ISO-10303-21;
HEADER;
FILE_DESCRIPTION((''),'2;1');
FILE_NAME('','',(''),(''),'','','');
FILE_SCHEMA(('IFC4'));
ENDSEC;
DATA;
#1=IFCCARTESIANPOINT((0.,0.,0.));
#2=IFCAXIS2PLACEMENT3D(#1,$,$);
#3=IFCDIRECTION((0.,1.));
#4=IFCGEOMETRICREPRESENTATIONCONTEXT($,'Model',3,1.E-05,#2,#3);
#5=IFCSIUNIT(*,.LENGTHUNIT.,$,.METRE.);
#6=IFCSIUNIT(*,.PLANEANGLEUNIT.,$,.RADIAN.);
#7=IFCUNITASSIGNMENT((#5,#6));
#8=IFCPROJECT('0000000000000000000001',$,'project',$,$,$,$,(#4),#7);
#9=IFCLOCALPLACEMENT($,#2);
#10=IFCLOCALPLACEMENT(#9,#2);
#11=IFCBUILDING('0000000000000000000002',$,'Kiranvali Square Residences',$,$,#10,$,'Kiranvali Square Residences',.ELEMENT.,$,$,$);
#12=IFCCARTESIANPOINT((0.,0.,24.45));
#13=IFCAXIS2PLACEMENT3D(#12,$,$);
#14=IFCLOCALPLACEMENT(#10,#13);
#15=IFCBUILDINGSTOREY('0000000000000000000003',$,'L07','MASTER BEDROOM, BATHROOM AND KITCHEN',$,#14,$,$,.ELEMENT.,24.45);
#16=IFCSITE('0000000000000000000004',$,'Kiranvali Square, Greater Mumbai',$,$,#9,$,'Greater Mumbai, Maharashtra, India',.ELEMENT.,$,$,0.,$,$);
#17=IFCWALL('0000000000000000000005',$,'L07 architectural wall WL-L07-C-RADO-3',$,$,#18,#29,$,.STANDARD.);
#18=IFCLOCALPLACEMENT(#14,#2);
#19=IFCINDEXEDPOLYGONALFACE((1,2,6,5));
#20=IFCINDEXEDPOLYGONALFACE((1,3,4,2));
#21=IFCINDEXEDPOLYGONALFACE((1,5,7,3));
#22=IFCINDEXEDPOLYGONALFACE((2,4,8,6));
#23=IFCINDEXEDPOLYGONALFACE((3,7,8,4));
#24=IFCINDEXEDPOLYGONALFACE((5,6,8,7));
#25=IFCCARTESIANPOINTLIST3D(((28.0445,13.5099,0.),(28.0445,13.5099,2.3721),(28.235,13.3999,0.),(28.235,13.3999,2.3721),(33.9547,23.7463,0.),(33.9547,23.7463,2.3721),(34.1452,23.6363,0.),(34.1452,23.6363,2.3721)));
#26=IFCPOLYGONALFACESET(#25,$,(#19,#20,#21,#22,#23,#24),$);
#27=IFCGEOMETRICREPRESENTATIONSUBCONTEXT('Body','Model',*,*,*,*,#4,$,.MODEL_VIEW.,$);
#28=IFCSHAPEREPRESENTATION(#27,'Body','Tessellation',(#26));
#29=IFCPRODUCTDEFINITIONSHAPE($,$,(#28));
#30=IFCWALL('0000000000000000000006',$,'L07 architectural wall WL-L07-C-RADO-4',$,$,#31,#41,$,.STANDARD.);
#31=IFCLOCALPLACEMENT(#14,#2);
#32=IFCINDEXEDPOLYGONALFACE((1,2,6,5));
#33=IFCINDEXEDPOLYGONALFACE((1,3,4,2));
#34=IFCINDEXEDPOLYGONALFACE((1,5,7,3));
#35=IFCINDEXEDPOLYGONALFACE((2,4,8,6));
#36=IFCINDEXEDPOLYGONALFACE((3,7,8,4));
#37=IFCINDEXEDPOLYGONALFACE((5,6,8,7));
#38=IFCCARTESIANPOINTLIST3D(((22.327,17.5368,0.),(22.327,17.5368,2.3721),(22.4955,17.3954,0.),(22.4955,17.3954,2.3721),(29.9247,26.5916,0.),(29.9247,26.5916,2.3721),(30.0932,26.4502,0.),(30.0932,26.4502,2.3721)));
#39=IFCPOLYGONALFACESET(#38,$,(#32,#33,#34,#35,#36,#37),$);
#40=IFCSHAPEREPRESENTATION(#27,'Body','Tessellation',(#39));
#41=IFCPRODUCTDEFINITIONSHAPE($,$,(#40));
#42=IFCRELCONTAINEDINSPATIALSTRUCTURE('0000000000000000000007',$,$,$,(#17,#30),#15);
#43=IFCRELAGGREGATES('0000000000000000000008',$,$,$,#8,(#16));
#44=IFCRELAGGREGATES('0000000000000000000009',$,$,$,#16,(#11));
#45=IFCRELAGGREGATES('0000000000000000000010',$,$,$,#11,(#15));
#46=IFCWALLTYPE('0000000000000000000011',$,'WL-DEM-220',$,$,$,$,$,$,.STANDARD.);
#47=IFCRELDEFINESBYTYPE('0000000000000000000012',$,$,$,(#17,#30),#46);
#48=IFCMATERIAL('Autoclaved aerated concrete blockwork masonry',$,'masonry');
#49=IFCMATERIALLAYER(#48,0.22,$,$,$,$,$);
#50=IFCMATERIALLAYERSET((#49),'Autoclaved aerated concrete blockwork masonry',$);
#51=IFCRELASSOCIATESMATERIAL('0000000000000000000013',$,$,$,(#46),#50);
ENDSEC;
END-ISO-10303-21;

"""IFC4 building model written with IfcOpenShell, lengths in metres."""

from ifc_helpers import new_model, si_unit, direction, frame, frame_2d, origin, place, context, subcontext, project, spatial, rectangle, extrude, material, layer, layer_set, type_object, element, save


model = new_model("IFC4")

# Units and contexts
model_context = context("Model", 3, precision=1e-05, world=origin(), true_north=direction((0.0, 1.0)))
body_context = subcontext(model_context, "Body", "Model", "MODEL_VIEW")
ifc_project = project(units=[si_unit("LENGTHUNIT", "METRE"), si_unit("PLANEANGLEUNIT", "RADIAN")], contexts=[model_context])

# Site, building, storey
site_placement = place(None, origin())
site = spatial("IfcSite", under=ifc_project, at=site_placement, Name="Kiranvali Square, Greater Mumbai", LongName="Greater Mumbai, Maharashtra, India", CompositionType="ELEMENT", RefElevation=0.0)
building_placement = place(site_placement, origin())
building = spatial("IfcBuilding", under=site, at=building_placement, Name="Kiranvali Square Residences", LongName="Kiranvali Square Residences", CompositionType="ELEMENT")
storey_placement = place(building_placement, frame((0.0, 0.0, 24.45)))
storey = spatial("IfcBuildingStorey", under=building, at=storey_placement, Name="L07", Description="MASTER BEDROOM, BATHROOM AND KITCHEN", CompositionType="ELEMENT", Elevation=24.45)

# Shared definitions
ifc_material_1 = material(Name="Autoclaved aerated concrete blockwork masonry", Category="masonry")

# Walls
ifc_layer_1 = layer(ifc_material_1, 0.22)
ifc_layer_set_1 = layer_set([ifc_layer_1], Name="Autoclaved aerated concrete blockwork masonry")
wall_type_1 = type_object("IfcWallType", Name="WL-DEM-220", PredefinedType="STANDARD", material=ifc_layer_set_1)
for number, where, z_axis, x_axis, name in (
    (1, (34.05, 23.6914, 0.0), (0.0, 0.0, 1.0), (-0.500013, -0.866018, 0.0), "L07 architectural wall WL-L07-C-RADO-3"),
    (2, (30.009, 26.521, 0.0), (0.0, 0.0, 1.0), (-0.642781, -0.76605, 0.0), "L07 architectural wall WL-L07-C-RADO-4"),
):
    element("IfcWall", number, at=place(storey_placement, frame(where, z_axis=z_axis, x_axis=x_axis)), inside=storey, type_object=wall_type_1, Name=name, PredefinedType="STANDARD", context=body_context, shape_type="SweptSolid", body=[
        extrude(rectangle(XDim=11.8201, YDim=0.22, at=frame_2d((5.9102, 0.0))), origin(), (0.0, 0.0, 1.0), 2.3721),
    ])

save(model, "model.ifc")
